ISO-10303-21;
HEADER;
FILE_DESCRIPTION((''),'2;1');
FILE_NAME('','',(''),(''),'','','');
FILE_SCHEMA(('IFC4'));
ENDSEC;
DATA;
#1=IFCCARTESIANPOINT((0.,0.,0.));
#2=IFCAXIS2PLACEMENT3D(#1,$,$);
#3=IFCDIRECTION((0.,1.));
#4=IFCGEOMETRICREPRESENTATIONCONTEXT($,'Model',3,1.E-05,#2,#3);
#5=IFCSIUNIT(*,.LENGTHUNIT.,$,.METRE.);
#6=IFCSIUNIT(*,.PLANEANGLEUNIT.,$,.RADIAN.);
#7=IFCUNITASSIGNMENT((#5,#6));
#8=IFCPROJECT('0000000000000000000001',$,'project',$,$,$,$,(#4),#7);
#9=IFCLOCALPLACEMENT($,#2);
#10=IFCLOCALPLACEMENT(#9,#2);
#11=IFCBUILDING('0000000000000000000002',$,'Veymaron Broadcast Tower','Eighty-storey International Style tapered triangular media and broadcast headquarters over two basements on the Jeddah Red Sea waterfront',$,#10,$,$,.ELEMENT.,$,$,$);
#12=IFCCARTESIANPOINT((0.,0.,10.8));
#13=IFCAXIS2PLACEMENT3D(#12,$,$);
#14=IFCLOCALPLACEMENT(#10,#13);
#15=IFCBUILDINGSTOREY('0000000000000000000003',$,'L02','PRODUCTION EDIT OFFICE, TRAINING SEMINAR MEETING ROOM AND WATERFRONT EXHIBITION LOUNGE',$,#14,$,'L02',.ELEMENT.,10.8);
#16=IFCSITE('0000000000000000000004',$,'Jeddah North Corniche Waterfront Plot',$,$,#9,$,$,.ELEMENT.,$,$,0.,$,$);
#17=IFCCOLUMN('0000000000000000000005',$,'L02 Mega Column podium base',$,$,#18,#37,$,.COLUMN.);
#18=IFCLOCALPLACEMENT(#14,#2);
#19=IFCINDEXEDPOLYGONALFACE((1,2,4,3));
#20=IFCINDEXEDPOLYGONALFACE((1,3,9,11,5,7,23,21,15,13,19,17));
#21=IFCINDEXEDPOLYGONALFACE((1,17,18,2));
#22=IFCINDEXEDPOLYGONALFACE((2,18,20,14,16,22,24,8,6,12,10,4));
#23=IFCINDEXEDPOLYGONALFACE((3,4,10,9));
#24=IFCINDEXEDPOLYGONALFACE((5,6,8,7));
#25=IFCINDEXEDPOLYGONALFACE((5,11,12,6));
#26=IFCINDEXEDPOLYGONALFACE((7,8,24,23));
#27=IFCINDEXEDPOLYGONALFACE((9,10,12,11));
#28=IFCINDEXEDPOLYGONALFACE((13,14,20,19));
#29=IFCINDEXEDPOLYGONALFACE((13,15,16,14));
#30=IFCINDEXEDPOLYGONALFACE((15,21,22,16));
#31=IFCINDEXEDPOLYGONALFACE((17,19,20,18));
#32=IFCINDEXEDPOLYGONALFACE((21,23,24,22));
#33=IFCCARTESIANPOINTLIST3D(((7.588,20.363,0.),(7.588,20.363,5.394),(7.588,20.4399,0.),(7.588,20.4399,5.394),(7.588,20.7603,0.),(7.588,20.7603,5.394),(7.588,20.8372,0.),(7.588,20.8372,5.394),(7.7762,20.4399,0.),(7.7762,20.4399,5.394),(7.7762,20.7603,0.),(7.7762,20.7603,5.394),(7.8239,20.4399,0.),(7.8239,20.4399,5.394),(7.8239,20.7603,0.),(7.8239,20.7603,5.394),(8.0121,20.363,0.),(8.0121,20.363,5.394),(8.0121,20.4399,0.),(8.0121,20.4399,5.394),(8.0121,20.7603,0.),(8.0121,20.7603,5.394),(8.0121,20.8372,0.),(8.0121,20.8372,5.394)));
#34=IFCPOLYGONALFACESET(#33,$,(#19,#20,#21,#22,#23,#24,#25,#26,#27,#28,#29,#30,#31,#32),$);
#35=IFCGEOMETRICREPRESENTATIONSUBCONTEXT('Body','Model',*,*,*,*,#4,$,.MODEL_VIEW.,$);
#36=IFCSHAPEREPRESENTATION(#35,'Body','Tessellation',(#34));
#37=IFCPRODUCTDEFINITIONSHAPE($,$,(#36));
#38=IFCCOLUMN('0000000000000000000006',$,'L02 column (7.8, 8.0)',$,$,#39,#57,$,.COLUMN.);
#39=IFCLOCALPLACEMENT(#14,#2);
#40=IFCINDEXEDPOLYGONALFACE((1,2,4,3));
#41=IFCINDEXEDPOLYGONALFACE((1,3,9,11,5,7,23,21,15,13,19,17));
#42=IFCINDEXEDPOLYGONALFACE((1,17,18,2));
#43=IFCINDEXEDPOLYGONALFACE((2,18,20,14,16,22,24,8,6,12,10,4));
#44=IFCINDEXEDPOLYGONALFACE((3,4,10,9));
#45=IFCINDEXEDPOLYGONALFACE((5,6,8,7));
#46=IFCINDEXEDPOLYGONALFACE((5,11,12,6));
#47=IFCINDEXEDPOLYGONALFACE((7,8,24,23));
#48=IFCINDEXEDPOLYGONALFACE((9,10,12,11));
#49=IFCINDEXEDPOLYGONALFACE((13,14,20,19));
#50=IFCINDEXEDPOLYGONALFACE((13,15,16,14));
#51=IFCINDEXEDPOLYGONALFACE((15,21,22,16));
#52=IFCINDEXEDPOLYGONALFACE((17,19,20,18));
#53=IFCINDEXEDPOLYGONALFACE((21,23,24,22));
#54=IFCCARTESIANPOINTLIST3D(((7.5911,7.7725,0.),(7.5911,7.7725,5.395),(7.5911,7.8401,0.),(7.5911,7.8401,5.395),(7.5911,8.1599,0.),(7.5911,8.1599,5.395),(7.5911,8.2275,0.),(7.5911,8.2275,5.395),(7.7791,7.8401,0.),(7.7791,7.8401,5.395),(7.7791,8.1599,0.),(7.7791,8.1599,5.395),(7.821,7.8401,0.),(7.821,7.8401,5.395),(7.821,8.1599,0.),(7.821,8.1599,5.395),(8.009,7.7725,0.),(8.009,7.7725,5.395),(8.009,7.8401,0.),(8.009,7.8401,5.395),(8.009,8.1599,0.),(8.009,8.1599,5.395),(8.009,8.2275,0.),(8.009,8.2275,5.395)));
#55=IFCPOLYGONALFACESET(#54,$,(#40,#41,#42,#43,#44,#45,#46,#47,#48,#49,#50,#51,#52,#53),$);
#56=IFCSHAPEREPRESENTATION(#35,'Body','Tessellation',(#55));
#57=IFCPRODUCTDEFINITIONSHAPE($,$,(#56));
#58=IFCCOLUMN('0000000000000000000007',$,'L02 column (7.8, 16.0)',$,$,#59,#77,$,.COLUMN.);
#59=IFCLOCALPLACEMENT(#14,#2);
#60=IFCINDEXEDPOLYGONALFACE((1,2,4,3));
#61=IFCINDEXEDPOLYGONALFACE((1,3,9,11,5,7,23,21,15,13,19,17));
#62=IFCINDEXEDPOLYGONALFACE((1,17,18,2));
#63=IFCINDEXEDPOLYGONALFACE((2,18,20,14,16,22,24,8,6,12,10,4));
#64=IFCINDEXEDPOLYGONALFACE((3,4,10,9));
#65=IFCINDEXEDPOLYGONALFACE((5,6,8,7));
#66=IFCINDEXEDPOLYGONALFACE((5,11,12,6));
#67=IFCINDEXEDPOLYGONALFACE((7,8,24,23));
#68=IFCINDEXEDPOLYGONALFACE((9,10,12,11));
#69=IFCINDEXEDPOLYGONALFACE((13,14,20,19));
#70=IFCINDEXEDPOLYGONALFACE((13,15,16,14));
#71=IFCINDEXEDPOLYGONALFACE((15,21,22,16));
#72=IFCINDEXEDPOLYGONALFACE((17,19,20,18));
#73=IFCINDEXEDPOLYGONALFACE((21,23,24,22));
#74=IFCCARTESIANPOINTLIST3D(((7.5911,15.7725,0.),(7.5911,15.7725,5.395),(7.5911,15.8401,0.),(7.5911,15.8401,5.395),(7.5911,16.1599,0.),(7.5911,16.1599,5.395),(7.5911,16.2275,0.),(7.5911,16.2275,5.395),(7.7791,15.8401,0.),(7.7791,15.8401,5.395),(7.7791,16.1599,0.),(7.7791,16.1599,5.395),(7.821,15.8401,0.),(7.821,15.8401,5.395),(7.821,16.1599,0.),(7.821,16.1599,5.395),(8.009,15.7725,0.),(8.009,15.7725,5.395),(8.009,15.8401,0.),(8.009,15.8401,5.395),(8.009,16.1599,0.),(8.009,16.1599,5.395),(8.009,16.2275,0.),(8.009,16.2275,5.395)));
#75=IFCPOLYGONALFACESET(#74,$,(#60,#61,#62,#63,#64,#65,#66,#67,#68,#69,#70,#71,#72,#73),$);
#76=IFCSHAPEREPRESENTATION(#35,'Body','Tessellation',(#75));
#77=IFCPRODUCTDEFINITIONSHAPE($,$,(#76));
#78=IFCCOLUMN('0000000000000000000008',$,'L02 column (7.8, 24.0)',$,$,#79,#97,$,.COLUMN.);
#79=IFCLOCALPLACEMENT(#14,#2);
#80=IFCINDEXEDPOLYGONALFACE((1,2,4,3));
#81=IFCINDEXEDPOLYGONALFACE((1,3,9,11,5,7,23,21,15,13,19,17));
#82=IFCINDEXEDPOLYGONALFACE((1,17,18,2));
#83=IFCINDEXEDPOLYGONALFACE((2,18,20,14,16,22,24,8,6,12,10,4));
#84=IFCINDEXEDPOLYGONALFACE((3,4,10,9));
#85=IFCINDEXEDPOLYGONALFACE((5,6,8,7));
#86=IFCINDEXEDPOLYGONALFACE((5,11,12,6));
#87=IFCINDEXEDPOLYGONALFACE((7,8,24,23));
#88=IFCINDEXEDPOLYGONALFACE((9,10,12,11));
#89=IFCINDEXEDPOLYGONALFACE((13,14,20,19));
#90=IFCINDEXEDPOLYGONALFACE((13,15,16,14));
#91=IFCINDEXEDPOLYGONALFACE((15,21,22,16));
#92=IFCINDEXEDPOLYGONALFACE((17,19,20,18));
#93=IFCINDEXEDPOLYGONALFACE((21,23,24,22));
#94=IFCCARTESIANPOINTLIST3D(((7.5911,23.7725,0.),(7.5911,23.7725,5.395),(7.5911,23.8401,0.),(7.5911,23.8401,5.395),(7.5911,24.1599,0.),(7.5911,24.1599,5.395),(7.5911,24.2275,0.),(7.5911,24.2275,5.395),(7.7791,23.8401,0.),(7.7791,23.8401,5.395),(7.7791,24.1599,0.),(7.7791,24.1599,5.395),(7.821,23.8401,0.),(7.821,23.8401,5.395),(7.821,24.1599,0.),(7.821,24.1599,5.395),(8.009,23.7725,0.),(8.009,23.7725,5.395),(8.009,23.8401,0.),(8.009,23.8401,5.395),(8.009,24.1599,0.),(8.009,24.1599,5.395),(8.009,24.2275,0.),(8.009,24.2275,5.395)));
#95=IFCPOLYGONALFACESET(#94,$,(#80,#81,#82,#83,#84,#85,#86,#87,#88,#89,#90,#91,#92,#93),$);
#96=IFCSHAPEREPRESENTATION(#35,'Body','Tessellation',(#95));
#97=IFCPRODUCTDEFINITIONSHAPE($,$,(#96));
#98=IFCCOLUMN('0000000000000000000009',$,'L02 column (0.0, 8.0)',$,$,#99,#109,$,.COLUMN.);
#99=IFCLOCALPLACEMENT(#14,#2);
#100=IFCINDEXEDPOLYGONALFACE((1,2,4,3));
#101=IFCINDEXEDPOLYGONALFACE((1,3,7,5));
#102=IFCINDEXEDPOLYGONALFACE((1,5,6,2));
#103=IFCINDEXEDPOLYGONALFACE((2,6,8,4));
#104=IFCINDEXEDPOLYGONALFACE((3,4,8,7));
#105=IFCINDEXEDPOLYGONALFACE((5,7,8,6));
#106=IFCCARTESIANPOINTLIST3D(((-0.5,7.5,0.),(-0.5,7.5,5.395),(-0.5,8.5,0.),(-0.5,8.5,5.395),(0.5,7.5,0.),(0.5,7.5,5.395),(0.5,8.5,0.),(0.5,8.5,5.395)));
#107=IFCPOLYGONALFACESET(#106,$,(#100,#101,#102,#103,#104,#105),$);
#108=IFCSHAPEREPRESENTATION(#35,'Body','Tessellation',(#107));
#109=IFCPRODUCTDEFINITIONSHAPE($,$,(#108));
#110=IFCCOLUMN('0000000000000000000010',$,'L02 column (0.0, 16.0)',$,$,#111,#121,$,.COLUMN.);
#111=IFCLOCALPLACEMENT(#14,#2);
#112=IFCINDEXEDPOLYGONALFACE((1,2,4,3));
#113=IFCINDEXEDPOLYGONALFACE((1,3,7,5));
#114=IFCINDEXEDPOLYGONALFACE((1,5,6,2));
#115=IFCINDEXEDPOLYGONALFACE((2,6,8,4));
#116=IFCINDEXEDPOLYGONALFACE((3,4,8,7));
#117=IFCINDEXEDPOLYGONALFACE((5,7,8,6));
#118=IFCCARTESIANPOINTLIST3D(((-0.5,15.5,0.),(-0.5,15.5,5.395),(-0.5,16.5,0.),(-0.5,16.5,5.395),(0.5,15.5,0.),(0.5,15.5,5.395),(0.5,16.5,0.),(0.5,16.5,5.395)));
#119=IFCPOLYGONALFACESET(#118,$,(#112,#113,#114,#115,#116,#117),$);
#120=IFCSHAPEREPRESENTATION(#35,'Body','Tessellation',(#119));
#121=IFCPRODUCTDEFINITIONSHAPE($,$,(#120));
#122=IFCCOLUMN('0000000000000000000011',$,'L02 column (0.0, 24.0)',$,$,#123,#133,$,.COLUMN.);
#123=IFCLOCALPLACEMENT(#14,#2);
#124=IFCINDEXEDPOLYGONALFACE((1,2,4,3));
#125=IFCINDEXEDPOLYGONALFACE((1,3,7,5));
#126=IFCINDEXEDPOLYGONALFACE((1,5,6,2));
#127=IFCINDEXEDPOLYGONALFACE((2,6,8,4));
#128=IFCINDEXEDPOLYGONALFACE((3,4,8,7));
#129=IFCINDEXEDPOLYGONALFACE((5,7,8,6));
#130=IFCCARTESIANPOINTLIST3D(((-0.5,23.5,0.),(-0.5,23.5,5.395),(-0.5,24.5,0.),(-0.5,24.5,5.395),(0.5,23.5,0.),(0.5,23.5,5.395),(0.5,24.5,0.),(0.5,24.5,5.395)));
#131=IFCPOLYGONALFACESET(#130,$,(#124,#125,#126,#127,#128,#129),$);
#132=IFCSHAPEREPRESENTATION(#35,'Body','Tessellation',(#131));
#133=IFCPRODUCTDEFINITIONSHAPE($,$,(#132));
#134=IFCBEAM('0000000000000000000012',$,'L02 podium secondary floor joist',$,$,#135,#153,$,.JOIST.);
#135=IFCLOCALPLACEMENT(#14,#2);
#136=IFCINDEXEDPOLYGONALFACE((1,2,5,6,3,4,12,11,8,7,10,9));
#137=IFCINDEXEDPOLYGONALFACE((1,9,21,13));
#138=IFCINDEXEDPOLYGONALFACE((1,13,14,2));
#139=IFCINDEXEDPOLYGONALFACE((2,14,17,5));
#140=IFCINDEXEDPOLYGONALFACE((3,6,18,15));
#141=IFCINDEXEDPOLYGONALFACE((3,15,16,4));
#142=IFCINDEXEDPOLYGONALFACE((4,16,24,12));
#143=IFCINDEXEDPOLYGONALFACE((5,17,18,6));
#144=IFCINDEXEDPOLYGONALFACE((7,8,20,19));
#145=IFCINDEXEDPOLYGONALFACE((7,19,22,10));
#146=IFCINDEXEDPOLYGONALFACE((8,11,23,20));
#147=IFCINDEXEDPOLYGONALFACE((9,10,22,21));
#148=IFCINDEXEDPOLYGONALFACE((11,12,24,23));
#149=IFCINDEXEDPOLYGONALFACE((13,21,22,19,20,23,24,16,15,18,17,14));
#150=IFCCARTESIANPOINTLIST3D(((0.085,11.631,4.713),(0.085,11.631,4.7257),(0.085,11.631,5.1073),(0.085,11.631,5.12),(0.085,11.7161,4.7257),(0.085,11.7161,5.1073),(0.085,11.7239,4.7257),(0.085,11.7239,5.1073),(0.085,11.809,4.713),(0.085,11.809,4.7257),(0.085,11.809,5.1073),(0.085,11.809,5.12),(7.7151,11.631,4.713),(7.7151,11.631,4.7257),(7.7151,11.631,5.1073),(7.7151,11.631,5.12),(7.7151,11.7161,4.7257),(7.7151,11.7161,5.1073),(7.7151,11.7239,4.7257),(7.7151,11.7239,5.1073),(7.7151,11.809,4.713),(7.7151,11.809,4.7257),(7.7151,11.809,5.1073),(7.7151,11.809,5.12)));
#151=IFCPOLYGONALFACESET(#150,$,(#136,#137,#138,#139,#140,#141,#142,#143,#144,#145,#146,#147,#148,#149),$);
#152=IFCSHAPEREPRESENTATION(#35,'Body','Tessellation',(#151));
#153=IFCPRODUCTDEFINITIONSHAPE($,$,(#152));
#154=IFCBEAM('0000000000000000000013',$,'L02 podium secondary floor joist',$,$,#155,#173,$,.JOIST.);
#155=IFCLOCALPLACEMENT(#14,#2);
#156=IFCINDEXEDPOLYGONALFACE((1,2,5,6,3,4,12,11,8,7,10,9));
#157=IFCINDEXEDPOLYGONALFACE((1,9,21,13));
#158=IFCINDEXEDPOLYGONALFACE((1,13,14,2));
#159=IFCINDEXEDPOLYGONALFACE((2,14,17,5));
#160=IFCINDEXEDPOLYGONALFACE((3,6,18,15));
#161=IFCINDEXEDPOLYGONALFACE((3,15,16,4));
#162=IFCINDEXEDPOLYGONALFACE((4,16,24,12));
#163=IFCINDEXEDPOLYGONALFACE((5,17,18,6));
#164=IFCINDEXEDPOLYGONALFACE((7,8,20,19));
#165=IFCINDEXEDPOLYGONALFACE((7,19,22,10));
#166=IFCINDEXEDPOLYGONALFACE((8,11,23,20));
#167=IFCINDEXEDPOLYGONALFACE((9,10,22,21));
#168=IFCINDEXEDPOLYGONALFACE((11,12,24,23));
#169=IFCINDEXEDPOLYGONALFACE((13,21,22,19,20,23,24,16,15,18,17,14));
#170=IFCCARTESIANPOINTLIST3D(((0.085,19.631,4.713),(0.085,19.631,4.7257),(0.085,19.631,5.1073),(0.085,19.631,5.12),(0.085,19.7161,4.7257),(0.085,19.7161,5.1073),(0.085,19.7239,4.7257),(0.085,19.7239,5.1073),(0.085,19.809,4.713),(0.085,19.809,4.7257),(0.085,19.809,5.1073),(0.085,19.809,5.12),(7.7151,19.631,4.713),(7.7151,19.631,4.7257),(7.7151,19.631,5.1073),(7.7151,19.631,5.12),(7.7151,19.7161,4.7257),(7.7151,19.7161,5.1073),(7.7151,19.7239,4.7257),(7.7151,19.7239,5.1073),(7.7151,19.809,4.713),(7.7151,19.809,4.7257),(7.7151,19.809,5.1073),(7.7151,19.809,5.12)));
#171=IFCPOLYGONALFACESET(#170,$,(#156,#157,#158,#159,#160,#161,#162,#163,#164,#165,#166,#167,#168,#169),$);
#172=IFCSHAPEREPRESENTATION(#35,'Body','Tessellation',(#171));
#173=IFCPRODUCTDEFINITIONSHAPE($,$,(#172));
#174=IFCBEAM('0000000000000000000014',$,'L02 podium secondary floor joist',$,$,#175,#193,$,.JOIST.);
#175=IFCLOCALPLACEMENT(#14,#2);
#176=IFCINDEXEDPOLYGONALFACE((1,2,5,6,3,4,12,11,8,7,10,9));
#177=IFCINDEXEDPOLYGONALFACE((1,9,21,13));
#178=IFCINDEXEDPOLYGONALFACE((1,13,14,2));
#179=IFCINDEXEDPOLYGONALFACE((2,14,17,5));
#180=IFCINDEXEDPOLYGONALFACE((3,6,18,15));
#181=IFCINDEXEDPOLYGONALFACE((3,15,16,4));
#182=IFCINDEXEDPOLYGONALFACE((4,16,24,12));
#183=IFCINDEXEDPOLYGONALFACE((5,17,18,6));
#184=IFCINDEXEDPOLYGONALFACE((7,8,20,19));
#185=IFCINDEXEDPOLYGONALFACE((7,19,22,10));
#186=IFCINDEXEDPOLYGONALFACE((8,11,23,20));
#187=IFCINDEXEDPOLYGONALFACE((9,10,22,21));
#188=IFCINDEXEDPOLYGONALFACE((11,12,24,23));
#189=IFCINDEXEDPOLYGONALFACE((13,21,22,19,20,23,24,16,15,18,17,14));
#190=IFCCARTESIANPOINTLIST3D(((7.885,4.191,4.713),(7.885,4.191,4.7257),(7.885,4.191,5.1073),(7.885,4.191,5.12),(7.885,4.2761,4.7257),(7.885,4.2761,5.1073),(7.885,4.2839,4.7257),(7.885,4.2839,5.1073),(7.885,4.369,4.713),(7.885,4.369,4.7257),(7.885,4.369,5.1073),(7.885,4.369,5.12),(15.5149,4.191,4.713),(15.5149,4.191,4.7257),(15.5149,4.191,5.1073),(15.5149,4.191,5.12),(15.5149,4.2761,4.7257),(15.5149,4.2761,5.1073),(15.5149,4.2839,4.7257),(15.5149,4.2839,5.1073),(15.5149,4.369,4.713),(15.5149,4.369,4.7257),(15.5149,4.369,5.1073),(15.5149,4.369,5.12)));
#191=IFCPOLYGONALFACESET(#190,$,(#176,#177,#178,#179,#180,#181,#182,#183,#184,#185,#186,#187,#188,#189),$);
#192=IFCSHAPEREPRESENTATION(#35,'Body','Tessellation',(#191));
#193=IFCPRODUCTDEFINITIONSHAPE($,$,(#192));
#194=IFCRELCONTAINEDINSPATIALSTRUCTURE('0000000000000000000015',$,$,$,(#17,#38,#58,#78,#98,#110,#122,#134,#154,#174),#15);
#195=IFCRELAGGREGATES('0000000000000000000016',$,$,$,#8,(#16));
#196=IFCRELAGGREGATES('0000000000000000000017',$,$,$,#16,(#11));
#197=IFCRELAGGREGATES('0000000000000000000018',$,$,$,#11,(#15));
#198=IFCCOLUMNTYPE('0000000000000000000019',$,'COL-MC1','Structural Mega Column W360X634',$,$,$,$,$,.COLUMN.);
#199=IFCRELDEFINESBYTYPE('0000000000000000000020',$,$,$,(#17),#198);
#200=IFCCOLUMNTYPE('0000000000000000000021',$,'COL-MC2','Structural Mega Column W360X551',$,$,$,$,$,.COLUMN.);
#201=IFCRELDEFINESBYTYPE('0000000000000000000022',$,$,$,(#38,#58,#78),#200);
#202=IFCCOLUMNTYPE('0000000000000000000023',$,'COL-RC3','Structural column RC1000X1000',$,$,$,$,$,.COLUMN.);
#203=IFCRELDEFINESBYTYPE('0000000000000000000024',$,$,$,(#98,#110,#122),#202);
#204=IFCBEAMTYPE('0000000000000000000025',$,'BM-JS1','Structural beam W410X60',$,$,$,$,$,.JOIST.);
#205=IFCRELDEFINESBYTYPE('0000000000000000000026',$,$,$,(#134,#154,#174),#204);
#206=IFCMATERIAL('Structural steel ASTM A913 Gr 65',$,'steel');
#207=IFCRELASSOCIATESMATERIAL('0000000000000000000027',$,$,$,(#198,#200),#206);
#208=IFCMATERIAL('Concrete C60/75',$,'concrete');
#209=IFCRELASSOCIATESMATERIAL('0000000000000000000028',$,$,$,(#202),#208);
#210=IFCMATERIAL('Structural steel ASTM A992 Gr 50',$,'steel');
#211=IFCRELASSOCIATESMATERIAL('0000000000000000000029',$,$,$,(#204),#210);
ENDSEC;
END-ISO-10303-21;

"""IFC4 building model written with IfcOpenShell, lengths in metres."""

from ifc_helpers import new_model, si_unit, direction, frame, origin, origin_2d, place, context, subcontext, project, spatial, rectangle, i_section, extrude, material, material_profile, profile_set, type_object, element, save


model = new_model("IFC4")

# Units and contexts
model_context = context("Model", 3, precision=1e-05, world=origin(), true_north=direction((0.0, 1.0)))
body_context = subcontext(model_context, "Body", "Model", "MODEL_VIEW")
ifc_project = project(units=[si_unit("LENGTHUNIT", "METRE"), si_unit("PLANEANGLEUNIT", "RADIAN")], contexts=[model_context])

# Site, building, storey
site_placement = place(None, origin())
site = spatial("IfcSite", under=ifc_project, at=site_placement, Name="Jeddah North Corniche Waterfront Plot", CompositionType="ELEMENT", RefElevation=0.0)
building_placement = place(site_placement, origin())
building = spatial("IfcBuilding", under=site, at=building_placement, Name="Veymaron Broadcast Tower", Description="Eighty-storey International Style tapered triangular media and broadcast headquarters over two basements on the Jeddah Red Sea waterfront", CompositionType="ELEMENT")
storey_placement = place(building_placement, frame((0.0, 0.0, 10.8)))
storey = spatial("IfcBuildingStorey", under=building, at=storey_placement, Name="L02", Description="PRODUCTION EDIT OFFICE, TRAINING SEMINAR MEETING ROOM AND WATERFRONT EXHIBITION LOUNGE", LongName="L02", CompositionType="ELEMENT", Elevation=10.8)

# Columns
ifc_material_1 = material(Name="Structural steel ASTM A913 Gr 65", Category="steel")
ifc_material_profile_1 = material_profile(ifc_material_1, i_section(OverallWidth=0.4241, OverallDepth=0.4741, WebThickness=0.0476, FlangeThickness=0.0769, at=origin_2d()), Name="W360X634")
ifc_profile_set_1 = profile_set([ifc_material_profile_1], Name="Structural steel ASTM A913 Gr 65")
column_type_1 = type_object("IfcColumnType", Name="COL-MC1", Description="Structural Mega Column W360X634", PredefinedType="COLUMN", material=ifc_profile_set_1)
column_placement = place(storey_placement, frame((7.8, 20.6001, 0.0), z_axis=(0.0, 0.0, 1.0), x_axis=(1.0, 0.0, 0.0)))
element("IfcColumn", 1, at=column_placement, inside=storey, type_object=column_type_1, Name="L02 Mega Column podium base", PredefinedType="COLUMN", context=body_context, shape_type="SweptSolid", body=[
    extrude(i_section(OverallWidth=0.4241, OverallDepth=0.4741, WebThickness=0.0476, FlangeThickness=0.0769, at=origin_2d()), origin(), (0.0, 0.0, 1.0), 5.394),
])
ifc_material_profile_2 = material_profile(ifc_material_1, i_section(OverallWidth=0.418, OverallDepth=0.4551, WebThickness=0.042, FlangeThickness=0.0676, at=origin_2d()), Name="W360X551")
ifc_profile_set_2 = profile_set([ifc_material_profile_2], Name="Structural steel ASTM A913 Gr 65")
column_type_2 = type_object("IfcColumnType", Name="COL-MC2", Description="Structural Mega Column W360X551", PredefinedType="COLUMN", material=ifc_profile_set_2)
for number, where, z_axis, x_axis, name in (
    (2, (7.8, 8.0, 0.0), (0.0, 0.0, 1.0), (1.0, 0.0, 0.0), "L02 column (7.8, 8.0)"),
    (3, (7.8, 16.0, 0.0), (0.0, 0.0, 1.0), (1.0, 0.0, 0.0), "L02 column (7.8, 16.0)"),
    (4, (7.8, 24.0, 0.0), (0.0, 0.0, 1.0), (1.0, 0.0, 0.0), "L02 column (7.8, 24.0)"),
):
    element("IfcColumn", number, at=place(storey_placement, frame(where, z_axis=z_axis, x_axis=x_axis)), inside=storey, type_object=column_type_2, Name=name, PredefinedType="COLUMN", context=body_context, shape_type="SweptSolid", body=[
        extrude(i_section(OverallWidth=0.418, OverallDepth=0.4551, WebThickness=0.042, FlangeThickness=0.0676, at=origin_2d()), origin(), (0.0, 0.0, 1.0), 5.395),
    ])
ifc_material_2 = material(Name="Concrete C60/75", Category="concrete")
ifc_material_profile_3 = material_profile(ifc_material_2, rectangle(XDim=1.0, YDim=1.0, at=origin_2d()), Name="RC1000X1000")
ifc_profile_set_3 = profile_set([ifc_material_profile_3], Name="Concrete C60/75")
column_type_3 = type_object("IfcColumnType", Name="COL-RC3", Description="Structural column RC1000X1000", PredefinedType="COLUMN", material=ifc_profile_set_3)
for number, where, z_axis, x_axis, name in (
    (5, (0.0, 8.0, 0.0), (0.0, 0.0, 1.0), (1.0, 0.0, 0.0), "L02 column (0.0, 8.0)"),
    (6, (0.0, 16.0, 0.0), (0.0, 0.0, 1.0), (1.0, 0.0, 0.0), "L02 column (0.0, 16.0)"),
    (7, (0.0, 24.0, 0.0), (0.0, 0.0, 1.0), (1.0, 0.0, 0.0), "L02 column (0.0, 24.0)"),
):
    element("IfcColumn", number, at=place(storey_placement, frame(where, z_axis=z_axis, x_axis=x_axis)), inside=storey, type_object=column_type_3, Name=name, PredefinedType="COLUMN", context=body_context, shape_type="SweptSolid", body=[
        extrude(rectangle(XDim=1.0, YDim=1.0, at=origin_2d()), origin(), (0.0, 0.0, 1.0), 5.395),
    ])

# Beams
ifc_material_3 = material(Name="Structural steel ASTM A992 Gr 50", Category="steel")
ifc_material_profile_4 = material_profile(ifc_material_3, i_section(OverallWidth=0.178, OverallDepth=0.407, WebThickness=0.0078, FlangeThickness=0.0127, at=origin_2d()), Name="W410X60")
ifc_profile_set_4 = profile_set([ifc_material_profile_4], Name="Structural steel ASTM A992 Gr 50")
beam_type_1 = type_object("IfcBeamType", Name="BM-JS1", Description="Structural beam W410X60", PredefinedType="JOIST", material=ifc_profile_set_4)
for number, where, z_axis, x_axis, name in (
    (8, (0.085, 11.72, 4.9165), (1.0, 0.0, 0.0), (0.0, 1.0, 0.0), "L02 podium secondary floor joist"),
    (9, (0.085, 19.72, 4.9165), (1.0, 0.0, 0.0), (0.0, 1.0, 0.0), "L02 podium secondary floor joist"),
):
    element("IfcBeam", number, at=place(storey_placement, frame(where, z_axis=z_axis, x_axis=x_axis)), inside=storey, type_object=beam_type_1, Name=name, PredefinedType="JOIST", context=body_context, shape_type="SweptSolid", body=[
        extrude(i_section(OverallWidth=0.178, OverallDepth=0.407, WebThickness=0.0078, FlangeThickness=0.0127, at=origin_2d()), origin(), (0.0, 0.0, 1.0), 7.6301),
    ])
beam_1_placement = place(storey_placement, frame((7.885, 4.28, 4.9165), z_axis=(1.0, 0.0, 0.0), x_axis=(0.0, 1.0, 0.0)))
element("IfcBeam", 10, at=beam_1_placement, inside=storey, type_object=beam_type_1, Name="L02 podium secondary floor joist", PredefinedType="JOIST", context=body_context, shape_type="SweptSolid", body=[
    extrude(i_section(OverallWidth=0.178, OverallDepth=0.407, WebThickness=0.0078, FlangeThickness=0.0127, at=origin_2d()), origin(), (0.0, 0.0, 1.0), 7.6299),
])

save(model, "model.ifc")
